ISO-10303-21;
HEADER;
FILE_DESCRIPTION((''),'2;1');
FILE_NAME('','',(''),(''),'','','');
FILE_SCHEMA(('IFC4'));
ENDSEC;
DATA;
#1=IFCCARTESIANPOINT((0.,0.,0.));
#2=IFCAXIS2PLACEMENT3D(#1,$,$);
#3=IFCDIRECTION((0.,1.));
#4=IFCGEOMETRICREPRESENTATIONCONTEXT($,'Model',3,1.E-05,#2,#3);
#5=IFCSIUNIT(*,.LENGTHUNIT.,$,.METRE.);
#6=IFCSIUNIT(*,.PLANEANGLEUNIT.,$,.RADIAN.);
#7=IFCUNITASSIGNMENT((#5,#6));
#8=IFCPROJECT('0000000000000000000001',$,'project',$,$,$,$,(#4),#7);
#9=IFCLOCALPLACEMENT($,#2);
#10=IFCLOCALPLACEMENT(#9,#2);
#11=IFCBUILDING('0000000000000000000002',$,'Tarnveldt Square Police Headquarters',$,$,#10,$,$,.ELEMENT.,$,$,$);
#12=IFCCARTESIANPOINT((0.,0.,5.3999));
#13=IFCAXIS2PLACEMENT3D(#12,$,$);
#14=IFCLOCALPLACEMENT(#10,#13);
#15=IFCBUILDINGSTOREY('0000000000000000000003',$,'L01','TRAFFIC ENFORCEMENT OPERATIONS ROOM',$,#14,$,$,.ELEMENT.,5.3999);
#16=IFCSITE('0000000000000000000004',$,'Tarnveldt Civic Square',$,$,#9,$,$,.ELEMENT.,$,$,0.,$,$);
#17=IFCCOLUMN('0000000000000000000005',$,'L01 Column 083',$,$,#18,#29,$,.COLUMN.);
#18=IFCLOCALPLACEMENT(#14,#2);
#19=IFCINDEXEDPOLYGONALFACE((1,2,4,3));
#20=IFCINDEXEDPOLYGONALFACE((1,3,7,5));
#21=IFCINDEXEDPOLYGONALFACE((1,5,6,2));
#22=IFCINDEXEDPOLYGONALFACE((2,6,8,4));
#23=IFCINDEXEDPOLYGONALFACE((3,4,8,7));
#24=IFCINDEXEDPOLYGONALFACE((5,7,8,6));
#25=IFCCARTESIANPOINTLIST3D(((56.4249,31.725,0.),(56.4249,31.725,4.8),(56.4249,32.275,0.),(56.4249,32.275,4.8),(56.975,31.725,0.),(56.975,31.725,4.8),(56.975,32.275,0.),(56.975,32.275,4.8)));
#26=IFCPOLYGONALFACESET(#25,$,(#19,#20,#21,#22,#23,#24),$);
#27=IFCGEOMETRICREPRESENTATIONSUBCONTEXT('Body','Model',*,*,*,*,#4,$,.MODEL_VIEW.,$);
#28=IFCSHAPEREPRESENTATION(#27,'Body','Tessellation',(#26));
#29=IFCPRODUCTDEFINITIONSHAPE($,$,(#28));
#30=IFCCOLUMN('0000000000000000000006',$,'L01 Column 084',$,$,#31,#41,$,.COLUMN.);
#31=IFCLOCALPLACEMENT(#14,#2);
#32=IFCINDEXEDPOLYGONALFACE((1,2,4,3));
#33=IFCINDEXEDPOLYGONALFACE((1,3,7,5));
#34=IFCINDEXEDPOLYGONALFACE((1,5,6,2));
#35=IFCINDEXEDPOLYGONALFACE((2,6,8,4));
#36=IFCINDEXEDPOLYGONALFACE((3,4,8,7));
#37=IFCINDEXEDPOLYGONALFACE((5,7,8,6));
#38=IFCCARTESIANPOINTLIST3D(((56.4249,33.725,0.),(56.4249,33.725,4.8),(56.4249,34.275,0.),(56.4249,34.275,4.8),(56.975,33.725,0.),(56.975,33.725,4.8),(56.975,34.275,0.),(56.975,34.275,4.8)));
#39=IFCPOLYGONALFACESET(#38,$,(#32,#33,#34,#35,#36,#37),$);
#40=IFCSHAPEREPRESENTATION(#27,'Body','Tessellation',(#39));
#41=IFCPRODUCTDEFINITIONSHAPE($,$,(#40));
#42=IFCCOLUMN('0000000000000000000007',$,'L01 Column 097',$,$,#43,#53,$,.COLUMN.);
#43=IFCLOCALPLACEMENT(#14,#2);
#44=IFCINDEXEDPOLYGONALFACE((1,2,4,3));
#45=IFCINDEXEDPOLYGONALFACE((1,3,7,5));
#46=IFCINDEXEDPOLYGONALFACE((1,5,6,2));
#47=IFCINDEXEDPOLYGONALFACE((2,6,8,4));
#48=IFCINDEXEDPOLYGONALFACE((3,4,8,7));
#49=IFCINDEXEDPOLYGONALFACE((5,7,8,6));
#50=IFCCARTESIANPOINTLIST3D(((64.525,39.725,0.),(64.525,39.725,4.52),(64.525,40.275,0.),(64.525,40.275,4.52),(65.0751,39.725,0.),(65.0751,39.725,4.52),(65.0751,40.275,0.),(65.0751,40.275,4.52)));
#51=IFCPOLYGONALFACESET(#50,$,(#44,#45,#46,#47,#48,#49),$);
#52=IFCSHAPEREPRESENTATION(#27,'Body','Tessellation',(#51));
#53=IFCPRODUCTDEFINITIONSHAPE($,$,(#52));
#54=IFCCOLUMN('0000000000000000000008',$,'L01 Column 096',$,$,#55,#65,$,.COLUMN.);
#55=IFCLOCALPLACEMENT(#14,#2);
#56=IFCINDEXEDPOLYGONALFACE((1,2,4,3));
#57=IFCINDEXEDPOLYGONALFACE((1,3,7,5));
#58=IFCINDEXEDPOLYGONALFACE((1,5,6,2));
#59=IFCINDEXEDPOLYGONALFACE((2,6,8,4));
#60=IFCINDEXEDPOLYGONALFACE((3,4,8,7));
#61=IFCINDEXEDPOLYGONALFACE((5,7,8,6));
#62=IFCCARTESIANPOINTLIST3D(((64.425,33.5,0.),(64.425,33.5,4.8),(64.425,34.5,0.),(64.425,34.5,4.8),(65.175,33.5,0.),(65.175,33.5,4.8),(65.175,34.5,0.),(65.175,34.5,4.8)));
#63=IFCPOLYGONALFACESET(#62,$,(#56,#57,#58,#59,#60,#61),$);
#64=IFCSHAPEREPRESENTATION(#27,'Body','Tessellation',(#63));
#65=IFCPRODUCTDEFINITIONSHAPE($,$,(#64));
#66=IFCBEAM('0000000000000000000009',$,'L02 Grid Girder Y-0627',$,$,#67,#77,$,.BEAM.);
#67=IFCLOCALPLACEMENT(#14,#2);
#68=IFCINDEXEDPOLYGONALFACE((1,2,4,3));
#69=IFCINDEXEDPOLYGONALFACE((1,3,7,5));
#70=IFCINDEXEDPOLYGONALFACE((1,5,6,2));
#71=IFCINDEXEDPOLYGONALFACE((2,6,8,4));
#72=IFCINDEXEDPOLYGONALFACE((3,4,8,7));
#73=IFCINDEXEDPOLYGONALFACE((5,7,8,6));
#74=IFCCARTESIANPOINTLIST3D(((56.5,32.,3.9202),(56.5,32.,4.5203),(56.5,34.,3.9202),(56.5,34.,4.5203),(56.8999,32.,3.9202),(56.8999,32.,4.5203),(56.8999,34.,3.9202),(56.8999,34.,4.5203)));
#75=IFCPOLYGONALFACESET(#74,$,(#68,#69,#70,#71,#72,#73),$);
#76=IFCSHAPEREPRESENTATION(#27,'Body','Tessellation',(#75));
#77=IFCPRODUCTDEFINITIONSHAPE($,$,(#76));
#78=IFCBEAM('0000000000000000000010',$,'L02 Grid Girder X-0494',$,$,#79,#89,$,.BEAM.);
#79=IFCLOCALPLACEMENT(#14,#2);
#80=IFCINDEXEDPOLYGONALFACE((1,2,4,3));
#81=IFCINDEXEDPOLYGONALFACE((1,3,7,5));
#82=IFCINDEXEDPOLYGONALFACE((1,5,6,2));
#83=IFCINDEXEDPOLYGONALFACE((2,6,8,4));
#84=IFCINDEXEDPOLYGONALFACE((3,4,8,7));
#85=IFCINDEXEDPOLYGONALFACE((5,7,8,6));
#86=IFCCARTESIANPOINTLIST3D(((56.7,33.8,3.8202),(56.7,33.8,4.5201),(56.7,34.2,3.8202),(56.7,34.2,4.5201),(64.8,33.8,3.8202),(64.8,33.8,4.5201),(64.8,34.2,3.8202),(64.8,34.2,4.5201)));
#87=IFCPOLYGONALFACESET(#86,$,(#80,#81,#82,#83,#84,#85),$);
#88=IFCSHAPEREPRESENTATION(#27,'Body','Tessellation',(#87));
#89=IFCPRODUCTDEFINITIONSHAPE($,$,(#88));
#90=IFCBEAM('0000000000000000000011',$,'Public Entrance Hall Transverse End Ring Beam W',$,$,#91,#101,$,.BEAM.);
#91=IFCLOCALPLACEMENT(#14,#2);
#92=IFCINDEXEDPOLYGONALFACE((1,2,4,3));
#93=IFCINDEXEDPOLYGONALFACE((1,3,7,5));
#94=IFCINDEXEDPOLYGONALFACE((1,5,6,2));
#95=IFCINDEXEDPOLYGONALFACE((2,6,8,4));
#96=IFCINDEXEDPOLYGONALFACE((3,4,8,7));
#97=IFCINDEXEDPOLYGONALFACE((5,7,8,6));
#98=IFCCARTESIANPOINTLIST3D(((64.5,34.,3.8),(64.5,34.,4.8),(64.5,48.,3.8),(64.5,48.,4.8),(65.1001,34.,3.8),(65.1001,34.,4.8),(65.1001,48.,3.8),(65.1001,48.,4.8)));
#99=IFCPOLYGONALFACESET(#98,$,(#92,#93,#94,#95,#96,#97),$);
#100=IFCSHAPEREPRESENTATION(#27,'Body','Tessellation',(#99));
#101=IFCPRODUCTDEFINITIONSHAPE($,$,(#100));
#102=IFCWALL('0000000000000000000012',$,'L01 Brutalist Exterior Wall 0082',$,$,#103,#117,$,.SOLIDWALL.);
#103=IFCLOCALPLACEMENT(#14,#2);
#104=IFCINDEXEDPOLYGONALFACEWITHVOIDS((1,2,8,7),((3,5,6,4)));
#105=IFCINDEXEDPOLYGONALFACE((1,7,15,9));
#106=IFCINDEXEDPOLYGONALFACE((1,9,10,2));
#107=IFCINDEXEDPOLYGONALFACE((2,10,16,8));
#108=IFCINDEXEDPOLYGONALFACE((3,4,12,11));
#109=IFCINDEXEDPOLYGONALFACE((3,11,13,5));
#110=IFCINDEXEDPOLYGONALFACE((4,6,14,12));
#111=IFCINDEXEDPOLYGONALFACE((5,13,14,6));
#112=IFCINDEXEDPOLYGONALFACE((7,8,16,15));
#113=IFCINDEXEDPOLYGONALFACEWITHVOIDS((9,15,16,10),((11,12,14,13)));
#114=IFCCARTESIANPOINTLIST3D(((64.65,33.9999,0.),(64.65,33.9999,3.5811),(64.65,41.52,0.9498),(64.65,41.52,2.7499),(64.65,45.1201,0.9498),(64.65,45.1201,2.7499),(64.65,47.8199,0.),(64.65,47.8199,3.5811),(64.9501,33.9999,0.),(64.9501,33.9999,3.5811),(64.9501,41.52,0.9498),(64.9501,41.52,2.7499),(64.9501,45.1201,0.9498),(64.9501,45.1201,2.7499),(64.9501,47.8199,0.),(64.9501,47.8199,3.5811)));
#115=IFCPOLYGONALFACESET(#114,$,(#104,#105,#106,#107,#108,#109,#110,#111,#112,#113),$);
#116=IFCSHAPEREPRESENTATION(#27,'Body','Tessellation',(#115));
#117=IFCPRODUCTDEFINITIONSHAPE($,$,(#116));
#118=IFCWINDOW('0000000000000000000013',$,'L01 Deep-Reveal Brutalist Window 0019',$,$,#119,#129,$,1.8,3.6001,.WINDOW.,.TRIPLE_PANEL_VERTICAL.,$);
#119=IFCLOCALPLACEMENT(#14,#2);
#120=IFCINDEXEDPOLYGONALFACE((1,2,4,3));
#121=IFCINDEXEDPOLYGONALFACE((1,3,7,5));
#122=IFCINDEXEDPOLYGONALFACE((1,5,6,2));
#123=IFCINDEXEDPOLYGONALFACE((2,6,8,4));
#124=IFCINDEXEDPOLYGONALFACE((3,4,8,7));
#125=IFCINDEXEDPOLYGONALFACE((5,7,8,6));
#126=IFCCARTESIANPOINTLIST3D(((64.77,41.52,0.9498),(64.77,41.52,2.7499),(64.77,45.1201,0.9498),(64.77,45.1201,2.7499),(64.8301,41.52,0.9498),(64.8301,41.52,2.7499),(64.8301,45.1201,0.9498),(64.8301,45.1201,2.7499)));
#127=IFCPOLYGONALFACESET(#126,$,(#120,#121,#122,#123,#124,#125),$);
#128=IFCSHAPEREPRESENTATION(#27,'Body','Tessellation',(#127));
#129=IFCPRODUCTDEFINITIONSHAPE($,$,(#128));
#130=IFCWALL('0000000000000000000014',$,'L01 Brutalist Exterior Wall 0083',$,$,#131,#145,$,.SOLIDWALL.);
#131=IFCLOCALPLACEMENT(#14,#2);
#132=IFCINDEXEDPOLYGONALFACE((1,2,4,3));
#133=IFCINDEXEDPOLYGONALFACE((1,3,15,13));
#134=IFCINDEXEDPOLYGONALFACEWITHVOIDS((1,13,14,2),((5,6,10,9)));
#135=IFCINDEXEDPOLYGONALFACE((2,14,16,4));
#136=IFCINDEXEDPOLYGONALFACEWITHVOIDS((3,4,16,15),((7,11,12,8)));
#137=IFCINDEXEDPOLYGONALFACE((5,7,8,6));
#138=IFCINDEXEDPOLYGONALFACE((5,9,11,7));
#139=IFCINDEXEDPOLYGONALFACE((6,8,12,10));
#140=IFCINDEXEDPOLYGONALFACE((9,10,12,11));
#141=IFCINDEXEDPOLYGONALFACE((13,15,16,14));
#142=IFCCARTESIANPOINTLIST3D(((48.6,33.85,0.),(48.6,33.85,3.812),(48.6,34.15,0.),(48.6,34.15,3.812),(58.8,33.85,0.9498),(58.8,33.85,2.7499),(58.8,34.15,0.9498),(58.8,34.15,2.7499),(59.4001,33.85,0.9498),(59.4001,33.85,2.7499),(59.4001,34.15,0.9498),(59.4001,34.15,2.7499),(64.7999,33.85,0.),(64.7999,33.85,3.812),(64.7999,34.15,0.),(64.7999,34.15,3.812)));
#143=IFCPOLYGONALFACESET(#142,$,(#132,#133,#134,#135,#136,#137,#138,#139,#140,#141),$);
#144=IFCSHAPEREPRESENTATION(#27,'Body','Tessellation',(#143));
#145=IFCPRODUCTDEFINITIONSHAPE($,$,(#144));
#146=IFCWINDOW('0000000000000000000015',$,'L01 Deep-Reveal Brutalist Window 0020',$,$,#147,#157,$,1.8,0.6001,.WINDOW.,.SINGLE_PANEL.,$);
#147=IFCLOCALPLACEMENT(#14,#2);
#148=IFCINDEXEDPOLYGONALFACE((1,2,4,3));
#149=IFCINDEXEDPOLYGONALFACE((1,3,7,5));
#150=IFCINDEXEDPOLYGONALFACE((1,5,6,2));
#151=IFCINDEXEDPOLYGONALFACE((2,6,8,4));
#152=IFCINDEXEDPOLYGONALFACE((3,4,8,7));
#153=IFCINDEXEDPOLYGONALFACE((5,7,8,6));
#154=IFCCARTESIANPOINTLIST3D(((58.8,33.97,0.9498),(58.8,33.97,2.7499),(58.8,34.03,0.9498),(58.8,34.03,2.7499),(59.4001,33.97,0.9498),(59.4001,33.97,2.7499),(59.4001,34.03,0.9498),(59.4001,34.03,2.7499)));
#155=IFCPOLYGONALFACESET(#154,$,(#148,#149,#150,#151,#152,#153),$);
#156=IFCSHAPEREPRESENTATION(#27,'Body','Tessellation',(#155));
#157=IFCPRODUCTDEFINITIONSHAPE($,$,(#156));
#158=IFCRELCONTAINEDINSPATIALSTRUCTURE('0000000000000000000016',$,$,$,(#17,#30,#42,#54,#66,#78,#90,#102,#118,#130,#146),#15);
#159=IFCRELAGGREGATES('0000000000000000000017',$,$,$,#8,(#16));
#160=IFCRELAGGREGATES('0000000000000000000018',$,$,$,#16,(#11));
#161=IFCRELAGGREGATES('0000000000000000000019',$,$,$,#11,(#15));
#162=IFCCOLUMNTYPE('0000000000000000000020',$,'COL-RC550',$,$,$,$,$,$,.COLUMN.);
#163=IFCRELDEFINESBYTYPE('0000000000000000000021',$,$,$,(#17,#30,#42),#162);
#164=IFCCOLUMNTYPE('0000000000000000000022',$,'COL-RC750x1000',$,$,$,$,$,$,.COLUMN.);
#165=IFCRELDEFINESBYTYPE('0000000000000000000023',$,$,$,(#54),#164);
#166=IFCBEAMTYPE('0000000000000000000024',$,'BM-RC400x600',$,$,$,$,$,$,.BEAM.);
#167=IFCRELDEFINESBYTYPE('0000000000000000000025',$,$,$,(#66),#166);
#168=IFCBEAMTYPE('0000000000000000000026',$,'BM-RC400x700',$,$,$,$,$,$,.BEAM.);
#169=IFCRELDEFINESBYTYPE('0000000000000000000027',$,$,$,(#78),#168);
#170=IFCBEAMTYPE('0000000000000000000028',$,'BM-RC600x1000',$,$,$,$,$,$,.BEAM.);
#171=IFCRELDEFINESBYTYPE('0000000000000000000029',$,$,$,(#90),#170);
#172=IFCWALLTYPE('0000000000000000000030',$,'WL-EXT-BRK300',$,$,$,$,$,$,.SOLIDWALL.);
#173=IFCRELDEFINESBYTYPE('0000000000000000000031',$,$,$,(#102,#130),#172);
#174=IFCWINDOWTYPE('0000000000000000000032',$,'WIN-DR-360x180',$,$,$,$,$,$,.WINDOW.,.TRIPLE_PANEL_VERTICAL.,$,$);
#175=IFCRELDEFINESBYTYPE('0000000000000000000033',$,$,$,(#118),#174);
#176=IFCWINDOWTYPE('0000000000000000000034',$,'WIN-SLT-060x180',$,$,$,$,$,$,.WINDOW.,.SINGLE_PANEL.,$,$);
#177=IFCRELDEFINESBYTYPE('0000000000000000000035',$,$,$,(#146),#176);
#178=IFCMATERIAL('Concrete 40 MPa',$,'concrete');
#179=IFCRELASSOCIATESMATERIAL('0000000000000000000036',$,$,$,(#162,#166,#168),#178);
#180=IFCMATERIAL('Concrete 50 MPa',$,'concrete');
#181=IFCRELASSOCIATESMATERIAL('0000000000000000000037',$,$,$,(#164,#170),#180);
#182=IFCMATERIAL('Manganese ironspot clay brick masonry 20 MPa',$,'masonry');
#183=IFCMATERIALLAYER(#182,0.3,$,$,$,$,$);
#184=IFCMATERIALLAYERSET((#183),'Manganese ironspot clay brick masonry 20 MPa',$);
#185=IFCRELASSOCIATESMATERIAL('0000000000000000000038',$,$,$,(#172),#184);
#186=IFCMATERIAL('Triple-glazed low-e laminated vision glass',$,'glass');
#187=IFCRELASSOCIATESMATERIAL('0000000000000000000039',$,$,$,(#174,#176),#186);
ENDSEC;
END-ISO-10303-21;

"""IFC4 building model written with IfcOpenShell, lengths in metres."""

from ifc_helpers import new_model, si_unit, direction, frame, frame_2d, origin, origin_2d, place, context, subcontext, project, spatial, rectangle, extrude, material, layer, layer_set, material_profile, profile_set, type_object, element, fill, save


model = new_model("IFC4")

# Units and contexts
model_context = context("Model", 3, precision=1e-05, world=origin(), true_north=direction((0.0, 1.0)))
body_context = subcontext(model_context, "Body", "Model", "MODEL_VIEW")
ifc_project = project(units=[si_unit("LENGTHUNIT", "METRE"), si_unit("PLANEANGLEUNIT", "RADIAN")], contexts=[model_context])

# Site, building, storey
site_placement = place(None, origin())
site = spatial("IfcSite", under=ifc_project, at=site_placement, Name="Tarnveldt Civic Square", CompositionType="ELEMENT", RefElevation=0.0)
building_placement = place(site_placement, origin())
building = spatial("IfcBuilding", under=site, at=building_placement, Name="Tarnveldt Square Police Headquarters", CompositionType="ELEMENT")
storey_placement = place(building_placement, frame((0.0, 0.0, 5.3999)))
storey = spatial("IfcBuildingStorey", under=building, at=storey_placement, Name="L01", Description="TRAFFIC ENFORCEMENT OPERATIONS ROOM", CompositionType="ELEMENT", Elevation=5.3999)

# Columns
ifc_material_1 = material(Name="Concrete 40 MPa", Category="concrete")
ifc_material_profile_1 = material_profile(ifc_material_1, rectangle(XDim=0.55, YDim=0.55, at=origin_2d()), Name="RC-C550x550")
ifc_profile_set_1 = profile_set([ifc_material_profile_1], Name="Concrete 40 MPa")
column_type_1 = type_object("IfcColumnType", Name="COL-RC550", PredefinedType="COLUMN", material=ifc_profile_set_1)
for number, where, z_axis, x_axis, name in (
    (1, (56.7, 32.0, 0.0), (0.0, 0.0, 1.0), (1.0, 0.0, 0.0), "L01 Column 083"),
    (2, (56.7, 34.0, 0.0), (0.0, 0.0, 1.0), (1.0, 0.0, 0.0), "L01 Column 084"),
):
    element("IfcColumn", number, at=place(storey_placement, frame(where, z_axis=z_axis, x_axis=x_axis)), inside=storey, type_object=column_type_1, Name=name, PredefinedType="COLUMN", context=body_context, shape_type="SweptSolid", body=[
        extrude(rectangle(XDim=0.55, YDim=0.55, at=origin_2d()), origin(), (0.0, 0.0, 1.0), 4.8),
    ])
column_1_placement = place(storey_placement, frame((64.8, 40.0, 0.0), z_axis=(0.0, 0.0, 1.0), x_axis=(1.0, 0.0, 0.0)))
element("IfcColumn", 3, at=column_1_placement, inside=storey, type_object=column_type_1, Name="L01 Column 097", PredefinedType="COLUMN", context=body_context, shape_type="SweptSolid", body=[
    extrude(rectangle(XDim=0.55, YDim=0.55, at=origin_2d()), origin(), (0.0, 0.0, 1.0), 4.52),
])
ifc_material_2 = material(Name="Concrete 50 MPa", Category="concrete")
ifc_material_profile_2 = material_profile(ifc_material_2, rectangle(XDim=0.75, YDim=1.0, at=origin_2d()), Name="RC-C750x1000")
ifc_profile_set_2 = profile_set([ifc_material_profile_2], Name="Concrete 50 MPa")
column_type_2 = type_object("IfcColumnType", Name="COL-RC750x1000", PredefinedType="COLUMN", material=ifc_profile_set_2)
column_2_placement = place(storey_placement, frame((64.8, 34.0, 0.0), z_axis=(0.0, 0.0, 1.0), x_axis=(1.0, 0.0, 0.0)))
element("IfcColumn", 4, at=column_2_placement, inside=storey, type_object=column_type_2, Name="L01 Column 096", PredefinedType="COLUMN", context=body_context, shape_type="SweptSolid", body=[
    extrude(rectangle(XDim=0.75, YDim=1.0, at=origin_2d()), origin(), (0.0, 0.0, 1.0), 4.8),
])

# Beams
ifc_material_profile_3 = material_profile(ifc_material_1, rectangle(XDim=0.3999, YDim=0.6001, at=origin_2d()), Name="RC-B400x600")
ifc_profile_set_3 = profile_set([ifc_material_profile_3], Name="Concrete 40 MPa")
beam_type_1 = type_object("IfcBeamType", Name="BM-RC400x600", PredefinedType="BEAM", material=ifc_profile_set_3)
beam_1_placement = place(storey_placement, frame((56.7, 32.0, 4.2202), z_axis=(0.0, 1.0, 0.0), x_axis=(-1.0, 0.0, 0.0)))
element("IfcBeam", 5, at=beam_1_placement, inside=storey, type_object=beam_type_1, Name="L02 Grid Girder Y-0627", PredefinedType="BEAM", context=body_context, shape_type="SweptSolid", body=[
    extrude(rectangle(XDim=0.3999, YDim=0.6001, at=origin_2d()), origin(), (0.0, 0.0, 1.0), 2.0),
])
ifc_material_profile_4 = material_profile(ifc_material_1, rectangle(XDim=0.3999, YDim=0.7, at=origin_2d()), Name="RC-B400x700")
ifc_profile_set_4 = profile_set([ifc_material_profile_4], Name="Concrete 40 MPa")
beam_type_2 = type_object("IfcBeamType", Name="BM-RC400x700", PredefinedType="BEAM", material=ifc_profile_set_4)
beam_2_placement = place(storey_placement, frame((56.7, 34.0, 4.1702), z_axis=(1.0, 0.0, 0.0), x_axis=(0.0, 1.0, 0.0)))
element("IfcBeam", 6, at=beam_2_placement, inside=storey, type_object=beam_type_2, Name="L02 Grid Girder X-0494", PredefinedType="BEAM", context=body_context, shape_type="SweptSolid", body=[
    extrude(rectangle(XDim=0.3999, YDim=0.7, at=origin_2d()), origin(), (0.0, 0.0, 1.0), 8.1001),
])
ifc_material_profile_5 = material_profile(ifc_material_2, rectangle(XDim=0.6001, YDim=1.0, at=origin_2d()), Name="RC-B600x1000")
ifc_profile_set_5 = profile_set([ifc_material_profile_5], Name="Concrete 50 MPa")
beam_type_3 = type_object("IfcBeamType", Name="BM-RC600x1000", PredefinedType="BEAM", material=ifc_profile_set_5)
beam_3_placement = place(storey_placement, frame((64.8, 34.0, 4.3), z_axis=(0.0, 1.0, 0.0), x_axis=(-1.0, 0.0, 0.0)))
element("IfcBeam", 7, at=beam_3_placement, inside=storey, type_object=beam_type_3, Name="Public Entrance Hall Transverse End Ring Beam W", PredefinedType="BEAM", context=body_context, shape_type="SweptSolid", body=[
    extrude(rectangle(XDim=0.6001, YDim=1.0, at=origin_2d()), origin(), (0.0, 0.0, 1.0), 14.0),
])

# Walls, openings, windows
ifc_material_3 = material(Name="Manganese ironspot clay brick masonry 20 MPa", Category="masonry")
ifc_layer_1 = layer(ifc_material_3, 0.3)
ifc_layer_set_1 = layer_set([ifc_layer_1], Name="Manganese ironspot clay brick masonry 20 MPa")
wall_type_1 = type_object("IfcWallType", Name="WL-EXT-BRK300", PredefinedType="SOLIDWALL", material=ifc_layer_set_1)
wall_1_placement = place(storey_placement, frame((64.8, 47.8201, 0.0), z_axis=(0.0, 0.0, 1.0), x_axis=(0.0, -1.0, 0.0)))
wall_1 = element("IfcWall", 8, at=wall_1_placement, inside=storey, type_object=wall_type_1, Name="L01 Brutalist Exterior Wall 0082", PredefinedType="SOLIDWALL", context=body_context, shape_type="SweptSolid", body=[
    extrude(rectangle(XDim=13.8201, YDim=0.3, at=frame_2d((6.9102, 0.0))), origin(), (0.0, 0.0, 1.0), 3.5811),
])
opening_1_placement = place(wall_1_placement, frame((2.7, 0.0, 0.95)))
opening_1 = element("IfcOpeningElement", 9, at=opening_1_placement, cuts=wall_1, PredefinedType="OPENING", context=body_context, shape_type="SweptSolid", body=[
    extrude(rectangle(XDim=3.6001, YDim=1.8, at=frame_2d((1.8, 0.8999))), frame((0.0, 0.1599, 0.0), z_axis=(0.0, -1.0, 0.0), x_axis=(1.0, 0.0, 0.0)), (0.0, 0.0, 1.0), 0.3201),
])
ifc_material_4 = material(Name="Triple-glazed low-e laminated vision glass", Category="glass")
window_type_1 = type_object("IfcWindowType", Name="WIN-DR-360x180", PartitioningType="TRIPLE_PANEL_VERTICAL", PredefinedType="WINDOW", material=ifc_material_4)
window_1_placement = place(opening_1_placement, origin())
window_1 = element("IfcWindow", 10, at=window_1_placement, inside=storey, type_object=window_type_1, Name="L01 Deep-Reveal Brutalist Window 0019", OverallHeight=1.8, OverallWidth=3.6001, PartitioningType="TRIPLE_PANEL_VERTICAL", PredefinedType="WINDOW", context=body_context, shape_type="SweptSolid", body=[
    extrude(rectangle(XDim=3.6001, YDim=1.8, at=frame_2d((1.8, 0.8999))), frame((0.0, 0.03, 0.0), z_axis=(0.0, -1.0, 0.0), x_axis=(1.0, 0.0, 0.0)), (0.0, 0.0, 1.0), 0.0601),
])
fill(opening_1, window_1)
wall_2_placement = place(storey_placement, frame((64.8, 34.0, 0.0), z_axis=(0.0, 0.0, 1.0), x_axis=(-1.0, 0.0, 0.0)))
wall_2 = element("IfcWall", 11, at=wall_2_placement, inside=storey, type_object=wall_type_1, Name="L01 Brutalist Exterior Wall 0083", PredefinedType="SOLIDWALL", context=body_context, shape_type="SweptSolid", body=[
    extrude(rectangle(XDim=16.2, YDim=0.3, at=frame_2d((8.1001, 0.0))), origin(), (0.0, 0.0, 1.0), 3.812),
])
opening_2_placement = place(wall_2_placement, frame((5.3999, 0.0, 0.95)))
opening_2 = element("IfcOpeningElement", 12, at=opening_2_placement, cuts=wall_2, PredefinedType="OPENING", context=body_context, shape_type="SweptSolid", body=[
    extrude(rectangle(XDim=0.6001, YDim=1.8, at=frame_2d((0.3, 0.8999))), frame((0.0, 0.1599, 0.0), z_axis=(0.0, -1.0, 0.0), x_axis=(1.0, 0.0, 0.0)), (0.0, 0.0, 1.0), 0.3201),
])
window_type_2 = type_object("IfcWindowType", Name="WIN-SLT-060x180", PartitioningType="SINGLE_PANEL", PredefinedType="WINDOW", material=ifc_material_4)
window_2_placement = place(opening_2_placement, origin())
window_2 = element("IfcWindow", 13, at=window_2_placement, inside=storey, type_object=window_type_2, Name="L01 Deep-Reveal Brutalist Window 0020", OverallHeight=1.8, OverallWidth=0.6001, PartitioningType="SINGLE_PANEL", PredefinedType="WINDOW", context=body_context, shape_type="SweptSolid", body=[
    extrude(rectangle(XDim=0.6001, YDim=1.8, at=frame_2d((0.3, 0.8999))), frame((0.0, 0.03, 0.0), z_axis=(0.0, -1.0, 0.0), x_axis=(1.0, 0.0, 0.0)), (0.0, 0.0, 1.0), 0.0601),
])
fill(opening_2, window_2)

save(model, "model.ifc")
